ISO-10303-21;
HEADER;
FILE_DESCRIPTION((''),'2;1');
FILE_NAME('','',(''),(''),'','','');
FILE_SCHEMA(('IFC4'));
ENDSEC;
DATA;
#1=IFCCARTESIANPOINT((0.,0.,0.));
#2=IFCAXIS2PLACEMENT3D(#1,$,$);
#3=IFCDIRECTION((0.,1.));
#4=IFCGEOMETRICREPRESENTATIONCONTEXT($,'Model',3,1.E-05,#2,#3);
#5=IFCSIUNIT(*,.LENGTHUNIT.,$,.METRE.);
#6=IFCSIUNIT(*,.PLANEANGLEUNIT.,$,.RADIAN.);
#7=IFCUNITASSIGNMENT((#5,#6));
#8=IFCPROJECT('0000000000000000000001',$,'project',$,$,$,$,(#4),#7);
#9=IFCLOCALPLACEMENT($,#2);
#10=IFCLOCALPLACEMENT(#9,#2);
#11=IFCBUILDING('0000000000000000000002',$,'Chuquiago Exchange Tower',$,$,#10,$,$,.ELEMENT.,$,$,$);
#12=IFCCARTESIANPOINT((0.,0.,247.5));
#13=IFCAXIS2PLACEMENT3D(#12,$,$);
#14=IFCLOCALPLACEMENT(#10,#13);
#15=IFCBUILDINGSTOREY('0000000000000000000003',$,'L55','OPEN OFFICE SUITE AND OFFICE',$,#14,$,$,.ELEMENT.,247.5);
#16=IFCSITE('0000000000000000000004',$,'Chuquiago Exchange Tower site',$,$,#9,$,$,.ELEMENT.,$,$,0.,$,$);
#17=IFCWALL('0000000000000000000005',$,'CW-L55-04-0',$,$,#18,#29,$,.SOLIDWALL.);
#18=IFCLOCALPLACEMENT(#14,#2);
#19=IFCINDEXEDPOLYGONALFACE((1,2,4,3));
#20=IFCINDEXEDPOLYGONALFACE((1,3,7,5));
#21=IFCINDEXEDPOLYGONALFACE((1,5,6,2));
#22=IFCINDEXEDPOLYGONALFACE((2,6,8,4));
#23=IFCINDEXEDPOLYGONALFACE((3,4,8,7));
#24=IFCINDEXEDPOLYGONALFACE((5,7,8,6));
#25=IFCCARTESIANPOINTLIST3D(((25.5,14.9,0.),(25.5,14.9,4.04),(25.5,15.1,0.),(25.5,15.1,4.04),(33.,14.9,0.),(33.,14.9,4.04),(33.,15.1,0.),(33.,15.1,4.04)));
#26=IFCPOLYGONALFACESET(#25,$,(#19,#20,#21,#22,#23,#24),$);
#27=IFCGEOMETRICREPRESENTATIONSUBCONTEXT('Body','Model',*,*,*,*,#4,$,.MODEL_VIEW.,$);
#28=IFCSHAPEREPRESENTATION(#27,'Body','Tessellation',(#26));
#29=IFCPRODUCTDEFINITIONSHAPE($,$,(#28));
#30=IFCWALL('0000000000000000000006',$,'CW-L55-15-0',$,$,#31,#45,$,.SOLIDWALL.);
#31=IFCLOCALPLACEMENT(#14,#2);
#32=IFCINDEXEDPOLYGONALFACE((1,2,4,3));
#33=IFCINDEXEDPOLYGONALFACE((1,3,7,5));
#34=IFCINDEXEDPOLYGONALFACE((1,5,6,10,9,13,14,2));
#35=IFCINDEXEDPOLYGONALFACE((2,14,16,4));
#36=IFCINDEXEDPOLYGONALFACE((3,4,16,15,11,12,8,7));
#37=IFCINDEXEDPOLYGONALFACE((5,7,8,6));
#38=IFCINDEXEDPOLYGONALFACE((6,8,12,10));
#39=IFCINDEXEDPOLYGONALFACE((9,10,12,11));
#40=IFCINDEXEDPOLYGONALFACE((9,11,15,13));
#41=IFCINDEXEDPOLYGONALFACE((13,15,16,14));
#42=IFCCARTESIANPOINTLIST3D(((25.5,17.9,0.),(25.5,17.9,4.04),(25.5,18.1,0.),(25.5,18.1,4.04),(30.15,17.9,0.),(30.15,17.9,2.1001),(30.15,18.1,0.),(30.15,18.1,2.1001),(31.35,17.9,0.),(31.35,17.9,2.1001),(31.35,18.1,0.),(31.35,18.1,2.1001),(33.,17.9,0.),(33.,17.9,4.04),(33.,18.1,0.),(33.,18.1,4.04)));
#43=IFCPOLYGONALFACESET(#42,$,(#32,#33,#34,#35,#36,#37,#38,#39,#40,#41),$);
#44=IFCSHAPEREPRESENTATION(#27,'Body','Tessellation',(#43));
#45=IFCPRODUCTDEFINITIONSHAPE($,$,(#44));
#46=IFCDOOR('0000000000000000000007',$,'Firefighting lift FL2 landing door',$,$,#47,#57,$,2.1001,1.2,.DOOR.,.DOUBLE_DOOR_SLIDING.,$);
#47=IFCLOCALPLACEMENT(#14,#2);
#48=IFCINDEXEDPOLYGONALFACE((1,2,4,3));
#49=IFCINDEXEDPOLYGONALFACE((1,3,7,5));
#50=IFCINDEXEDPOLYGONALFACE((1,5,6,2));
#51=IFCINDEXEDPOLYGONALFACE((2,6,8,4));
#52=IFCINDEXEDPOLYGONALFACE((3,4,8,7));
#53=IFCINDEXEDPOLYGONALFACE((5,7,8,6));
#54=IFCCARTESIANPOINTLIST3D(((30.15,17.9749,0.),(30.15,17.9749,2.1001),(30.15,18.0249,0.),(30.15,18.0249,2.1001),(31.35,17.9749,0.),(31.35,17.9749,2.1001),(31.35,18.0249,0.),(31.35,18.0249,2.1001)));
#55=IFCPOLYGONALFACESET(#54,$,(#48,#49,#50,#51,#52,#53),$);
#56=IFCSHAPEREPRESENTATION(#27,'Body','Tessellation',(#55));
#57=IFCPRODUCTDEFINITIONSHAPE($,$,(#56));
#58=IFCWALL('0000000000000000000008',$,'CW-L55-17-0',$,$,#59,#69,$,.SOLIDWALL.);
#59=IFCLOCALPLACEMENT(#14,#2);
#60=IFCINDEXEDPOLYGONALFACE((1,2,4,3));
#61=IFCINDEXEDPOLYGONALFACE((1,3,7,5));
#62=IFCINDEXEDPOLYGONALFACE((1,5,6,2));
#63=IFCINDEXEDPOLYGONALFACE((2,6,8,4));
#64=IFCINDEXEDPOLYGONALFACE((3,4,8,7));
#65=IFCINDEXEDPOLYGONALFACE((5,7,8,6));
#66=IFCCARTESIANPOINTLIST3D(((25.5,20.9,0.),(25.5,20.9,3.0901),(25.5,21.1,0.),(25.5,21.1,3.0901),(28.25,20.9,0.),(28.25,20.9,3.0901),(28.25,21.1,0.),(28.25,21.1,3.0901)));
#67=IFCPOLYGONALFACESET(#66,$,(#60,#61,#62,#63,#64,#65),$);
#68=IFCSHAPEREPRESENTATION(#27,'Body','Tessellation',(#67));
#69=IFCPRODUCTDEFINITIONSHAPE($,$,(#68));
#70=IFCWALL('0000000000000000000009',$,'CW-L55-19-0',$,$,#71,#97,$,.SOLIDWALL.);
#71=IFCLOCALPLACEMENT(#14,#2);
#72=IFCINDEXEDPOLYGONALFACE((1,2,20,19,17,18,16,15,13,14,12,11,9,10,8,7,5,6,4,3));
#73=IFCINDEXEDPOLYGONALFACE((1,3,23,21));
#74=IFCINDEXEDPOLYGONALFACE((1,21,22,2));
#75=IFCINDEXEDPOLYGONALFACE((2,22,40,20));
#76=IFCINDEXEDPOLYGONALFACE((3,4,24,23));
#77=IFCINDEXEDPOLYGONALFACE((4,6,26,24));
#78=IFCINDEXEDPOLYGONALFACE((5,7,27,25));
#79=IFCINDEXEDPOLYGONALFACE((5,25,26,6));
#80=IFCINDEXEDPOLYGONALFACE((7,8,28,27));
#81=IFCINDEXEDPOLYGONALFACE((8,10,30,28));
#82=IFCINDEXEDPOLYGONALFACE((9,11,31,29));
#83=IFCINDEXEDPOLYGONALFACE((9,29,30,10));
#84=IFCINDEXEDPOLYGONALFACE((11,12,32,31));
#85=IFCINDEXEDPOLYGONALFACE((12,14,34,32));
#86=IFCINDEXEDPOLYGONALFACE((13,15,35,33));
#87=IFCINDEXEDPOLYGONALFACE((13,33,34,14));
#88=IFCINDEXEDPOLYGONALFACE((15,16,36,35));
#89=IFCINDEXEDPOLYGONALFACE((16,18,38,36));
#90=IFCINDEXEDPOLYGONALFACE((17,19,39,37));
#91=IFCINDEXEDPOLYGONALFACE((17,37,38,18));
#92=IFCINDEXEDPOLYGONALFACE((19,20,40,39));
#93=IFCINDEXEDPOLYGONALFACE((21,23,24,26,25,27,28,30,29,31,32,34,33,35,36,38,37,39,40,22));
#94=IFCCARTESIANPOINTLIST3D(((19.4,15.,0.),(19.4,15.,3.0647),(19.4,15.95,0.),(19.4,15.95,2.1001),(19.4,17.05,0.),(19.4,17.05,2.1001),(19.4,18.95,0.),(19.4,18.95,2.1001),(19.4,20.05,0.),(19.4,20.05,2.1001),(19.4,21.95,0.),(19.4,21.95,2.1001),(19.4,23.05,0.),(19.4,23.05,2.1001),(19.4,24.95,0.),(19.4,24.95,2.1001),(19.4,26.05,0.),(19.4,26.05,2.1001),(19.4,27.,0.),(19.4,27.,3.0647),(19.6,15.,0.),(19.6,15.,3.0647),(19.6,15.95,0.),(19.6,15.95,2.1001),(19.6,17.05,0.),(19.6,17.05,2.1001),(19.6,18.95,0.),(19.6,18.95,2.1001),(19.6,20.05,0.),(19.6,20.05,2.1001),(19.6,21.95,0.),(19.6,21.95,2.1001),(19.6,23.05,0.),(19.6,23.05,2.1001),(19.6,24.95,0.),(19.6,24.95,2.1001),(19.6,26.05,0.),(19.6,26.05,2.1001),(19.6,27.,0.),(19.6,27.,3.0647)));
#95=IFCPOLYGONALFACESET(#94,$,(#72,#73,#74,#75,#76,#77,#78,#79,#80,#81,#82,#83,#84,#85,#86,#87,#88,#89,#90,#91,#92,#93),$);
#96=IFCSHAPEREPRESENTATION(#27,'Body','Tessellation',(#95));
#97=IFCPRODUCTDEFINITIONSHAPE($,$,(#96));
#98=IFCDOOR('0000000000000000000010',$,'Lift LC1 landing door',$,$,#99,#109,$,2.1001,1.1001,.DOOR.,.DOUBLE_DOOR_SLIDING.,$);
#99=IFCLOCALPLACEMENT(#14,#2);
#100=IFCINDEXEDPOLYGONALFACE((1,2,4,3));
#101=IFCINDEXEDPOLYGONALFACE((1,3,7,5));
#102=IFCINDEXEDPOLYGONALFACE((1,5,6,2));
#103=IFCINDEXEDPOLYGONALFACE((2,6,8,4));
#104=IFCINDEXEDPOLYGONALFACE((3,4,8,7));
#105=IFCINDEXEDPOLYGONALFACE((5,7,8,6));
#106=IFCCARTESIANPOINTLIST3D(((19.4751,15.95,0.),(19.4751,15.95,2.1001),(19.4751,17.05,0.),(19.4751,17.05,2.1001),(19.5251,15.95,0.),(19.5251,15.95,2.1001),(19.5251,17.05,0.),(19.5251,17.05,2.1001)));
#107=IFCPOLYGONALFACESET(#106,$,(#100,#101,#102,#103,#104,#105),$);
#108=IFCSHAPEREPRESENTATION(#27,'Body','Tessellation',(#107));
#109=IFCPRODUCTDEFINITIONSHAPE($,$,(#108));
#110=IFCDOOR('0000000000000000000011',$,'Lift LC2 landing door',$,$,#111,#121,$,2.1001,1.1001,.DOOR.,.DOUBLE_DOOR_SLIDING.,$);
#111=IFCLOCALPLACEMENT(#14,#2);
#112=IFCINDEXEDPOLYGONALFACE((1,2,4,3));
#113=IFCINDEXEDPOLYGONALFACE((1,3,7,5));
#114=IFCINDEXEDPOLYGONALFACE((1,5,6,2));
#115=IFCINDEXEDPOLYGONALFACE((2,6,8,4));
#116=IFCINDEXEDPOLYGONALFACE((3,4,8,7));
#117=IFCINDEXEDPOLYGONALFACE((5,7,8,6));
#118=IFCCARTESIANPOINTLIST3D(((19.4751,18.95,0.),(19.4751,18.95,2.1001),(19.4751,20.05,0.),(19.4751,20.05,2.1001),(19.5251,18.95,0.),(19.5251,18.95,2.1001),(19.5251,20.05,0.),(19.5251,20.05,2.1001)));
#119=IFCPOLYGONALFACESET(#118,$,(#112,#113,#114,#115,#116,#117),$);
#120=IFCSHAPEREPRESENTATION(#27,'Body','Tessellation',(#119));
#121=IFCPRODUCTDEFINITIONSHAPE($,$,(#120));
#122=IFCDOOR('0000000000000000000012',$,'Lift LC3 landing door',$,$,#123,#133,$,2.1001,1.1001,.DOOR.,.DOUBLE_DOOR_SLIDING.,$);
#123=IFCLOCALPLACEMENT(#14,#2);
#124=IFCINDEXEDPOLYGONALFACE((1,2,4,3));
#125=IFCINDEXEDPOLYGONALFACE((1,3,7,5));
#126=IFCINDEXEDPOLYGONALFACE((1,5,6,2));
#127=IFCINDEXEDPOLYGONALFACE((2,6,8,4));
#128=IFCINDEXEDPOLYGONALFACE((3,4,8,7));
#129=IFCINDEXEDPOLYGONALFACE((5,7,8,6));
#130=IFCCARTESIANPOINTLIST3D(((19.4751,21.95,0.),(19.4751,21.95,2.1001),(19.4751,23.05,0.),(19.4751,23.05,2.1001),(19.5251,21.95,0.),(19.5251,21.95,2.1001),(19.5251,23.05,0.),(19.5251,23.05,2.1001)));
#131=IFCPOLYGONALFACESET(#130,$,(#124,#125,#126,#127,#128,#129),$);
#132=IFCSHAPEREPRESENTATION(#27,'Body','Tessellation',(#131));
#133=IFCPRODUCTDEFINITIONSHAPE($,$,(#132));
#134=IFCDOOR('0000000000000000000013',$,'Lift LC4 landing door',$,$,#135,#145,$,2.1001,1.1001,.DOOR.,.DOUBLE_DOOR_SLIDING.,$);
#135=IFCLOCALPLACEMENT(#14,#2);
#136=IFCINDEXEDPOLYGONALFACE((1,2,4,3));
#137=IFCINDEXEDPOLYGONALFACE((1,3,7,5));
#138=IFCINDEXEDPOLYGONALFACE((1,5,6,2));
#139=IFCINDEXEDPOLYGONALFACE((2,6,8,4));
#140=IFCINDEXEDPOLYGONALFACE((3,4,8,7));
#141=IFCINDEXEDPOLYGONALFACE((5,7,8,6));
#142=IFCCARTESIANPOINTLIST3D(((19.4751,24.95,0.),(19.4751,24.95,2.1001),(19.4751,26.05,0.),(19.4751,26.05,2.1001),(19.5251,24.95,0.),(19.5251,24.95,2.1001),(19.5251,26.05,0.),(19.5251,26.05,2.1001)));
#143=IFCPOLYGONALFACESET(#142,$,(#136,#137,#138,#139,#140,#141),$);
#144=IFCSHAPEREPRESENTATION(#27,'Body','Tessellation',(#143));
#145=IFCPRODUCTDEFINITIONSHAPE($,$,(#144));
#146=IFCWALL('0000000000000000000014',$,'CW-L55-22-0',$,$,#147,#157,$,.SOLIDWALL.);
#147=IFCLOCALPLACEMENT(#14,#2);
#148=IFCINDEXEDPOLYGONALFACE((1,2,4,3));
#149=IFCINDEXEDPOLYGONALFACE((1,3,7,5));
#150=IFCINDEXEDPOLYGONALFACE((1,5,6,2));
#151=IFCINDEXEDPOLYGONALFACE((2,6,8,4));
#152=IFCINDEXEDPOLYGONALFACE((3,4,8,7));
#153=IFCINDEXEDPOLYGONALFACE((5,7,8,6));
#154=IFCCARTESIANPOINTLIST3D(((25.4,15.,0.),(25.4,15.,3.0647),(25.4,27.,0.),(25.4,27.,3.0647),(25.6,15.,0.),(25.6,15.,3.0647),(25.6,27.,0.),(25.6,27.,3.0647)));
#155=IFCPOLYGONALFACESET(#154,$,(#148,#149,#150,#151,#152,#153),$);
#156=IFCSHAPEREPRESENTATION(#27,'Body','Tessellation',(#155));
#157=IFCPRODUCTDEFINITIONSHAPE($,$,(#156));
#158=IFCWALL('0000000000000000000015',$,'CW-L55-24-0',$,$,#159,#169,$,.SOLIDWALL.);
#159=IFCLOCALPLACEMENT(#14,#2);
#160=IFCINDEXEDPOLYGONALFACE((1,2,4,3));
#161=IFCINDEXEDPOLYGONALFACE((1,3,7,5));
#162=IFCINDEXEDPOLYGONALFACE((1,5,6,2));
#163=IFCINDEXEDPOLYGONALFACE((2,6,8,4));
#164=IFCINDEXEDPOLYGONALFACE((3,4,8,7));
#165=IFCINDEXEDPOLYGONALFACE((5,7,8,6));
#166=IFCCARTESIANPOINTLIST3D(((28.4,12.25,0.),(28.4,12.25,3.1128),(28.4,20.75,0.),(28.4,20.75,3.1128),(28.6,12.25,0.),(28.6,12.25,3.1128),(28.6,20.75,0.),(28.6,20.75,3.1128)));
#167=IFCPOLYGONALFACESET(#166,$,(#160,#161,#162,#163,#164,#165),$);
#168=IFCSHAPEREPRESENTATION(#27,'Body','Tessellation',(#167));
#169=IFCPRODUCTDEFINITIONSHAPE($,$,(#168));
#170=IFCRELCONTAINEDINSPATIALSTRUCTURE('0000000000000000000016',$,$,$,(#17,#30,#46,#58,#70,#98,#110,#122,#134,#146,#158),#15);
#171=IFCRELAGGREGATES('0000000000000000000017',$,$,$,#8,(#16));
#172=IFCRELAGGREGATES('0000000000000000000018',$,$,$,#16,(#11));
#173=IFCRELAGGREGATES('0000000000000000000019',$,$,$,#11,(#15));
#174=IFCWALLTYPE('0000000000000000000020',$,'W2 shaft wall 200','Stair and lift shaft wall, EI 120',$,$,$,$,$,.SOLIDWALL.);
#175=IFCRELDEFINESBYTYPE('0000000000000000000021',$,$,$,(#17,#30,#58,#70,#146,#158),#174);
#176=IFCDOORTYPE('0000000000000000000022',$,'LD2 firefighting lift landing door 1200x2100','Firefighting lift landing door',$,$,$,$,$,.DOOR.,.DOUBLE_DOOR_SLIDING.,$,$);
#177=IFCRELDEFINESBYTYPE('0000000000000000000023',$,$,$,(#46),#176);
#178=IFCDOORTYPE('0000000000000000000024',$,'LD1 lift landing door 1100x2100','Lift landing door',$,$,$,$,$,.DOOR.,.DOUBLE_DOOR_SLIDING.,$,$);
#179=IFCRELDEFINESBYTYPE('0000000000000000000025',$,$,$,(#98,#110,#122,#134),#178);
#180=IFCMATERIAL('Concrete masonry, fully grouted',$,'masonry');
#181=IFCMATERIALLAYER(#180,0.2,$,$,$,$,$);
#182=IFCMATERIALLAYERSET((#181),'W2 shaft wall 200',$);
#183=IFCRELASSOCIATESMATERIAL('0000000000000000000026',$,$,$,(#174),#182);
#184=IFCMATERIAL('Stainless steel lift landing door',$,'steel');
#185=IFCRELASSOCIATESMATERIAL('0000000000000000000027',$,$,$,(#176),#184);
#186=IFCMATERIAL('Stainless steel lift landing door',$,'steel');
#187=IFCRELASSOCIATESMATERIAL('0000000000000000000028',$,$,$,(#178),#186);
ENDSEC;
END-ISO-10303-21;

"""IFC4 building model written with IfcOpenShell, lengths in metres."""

from ifc_helpers import new_model, si_unit, direction, frame, frame_2d, origin, place, context, subcontext, project, spatial, rectangle, extrude, material, layer, layer_set, type_object, element, fill, save


model = new_model("IFC4")

# Units and contexts
model_context = context("Model", 3, precision=1e-05, world=origin(), true_north=direction((0.0, 1.0)))
body_context = subcontext(model_context, "Body", "Model", "MODEL_VIEW")
ifc_project = project(units=[si_unit("LENGTHUNIT", "METRE"), si_unit("PLANEANGLEUNIT", "RADIAN")], contexts=[model_context])

# Site, building, storey
site_placement = place(None, origin())
site = spatial("IfcSite", under=ifc_project, at=site_placement, Name="Chuquiago Exchange Tower site", CompositionType="ELEMENT", RefElevation=0.0)
building_placement = place(site_placement, origin())
building = spatial("IfcBuilding", under=site, at=building_placement, Name="Chuquiago Exchange Tower", CompositionType="ELEMENT")
storey_placement = place(building_placement, frame((0.0, 0.0, 247.5)))
storey = spatial("IfcBuildingStorey", under=building, at=storey_placement, Name="L55", Description="OPEN OFFICE SUITE AND OFFICE", CompositionType="ELEMENT", Elevation=247.5)

# Wall
ifc_material_1 = material(Name="Concrete masonry, fully grouted", Category="masonry")
ifc_layer_1 = layer(ifc_material_1, 0.2)
ifc_layer_set_1 = layer_set([ifc_layer_1], Name="W2 shaft wall 200")
wall_type_1 = type_object("IfcWallType", Name="W2 shaft wall 200", Description="Stair and lift shaft wall, EI 120", PredefinedType="SOLIDWALL", material=ifc_layer_set_1)
wall_1_placement = place(storey_placement, frame((25.5, 15.0, 0.0), z_axis=(0.0, 0.0, 1.0), x_axis=(1.0, 0.0, 0.0)))
element("IfcWall", 1, at=wall_1_placement, inside=storey, type_object=wall_type_1, Name="CW-L55-04-0", PredefinedType="SOLIDWALL", context=body_context, shape_type="SweptSolid", body=[
    extrude(rectangle(XDim=7.5, YDim=0.2, at=frame_2d((3.75, 0.0))), origin(), (0.0, 0.0, 1.0), 4.04),
])

# Wall, opening, door
wall_2_placement = place(storey_placement, frame((25.5, 18.0, 0.0), z_axis=(0.0, 0.0, 1.0), x_axis=(1.0, 0.0, 0.0)))
wall_2 = element("IfcWall", 2, at=wall_2_placement, inside=storey, type_object=wall_type_1, Name="CW-L55-15-0", PredefinedType="SOLIDWALL", context=body_context, shape_type="SweptSolid", body=[
    extrude(rectangle(XDim=7.5, YDim=0.2, at=frame_2d((3.75, 0.0))), origin(), (0.0, 0.0, 1.0), 4.04),
])
opening_1_placement = place(wall_2_placement, frame((4.6499, 0.0, 0.0)))
opening_1 = element("IfcOpeningElement", 3, at=opening_1_placement, cuts=wall_2, PredefinedType="OPENING", context=body_context, shape_type="SweptSolid", body=[
    extrude(rectangle(XDim=1.2, YDim=2.1001, at=frame_2d((0.6001, 1.05))), frame((0.0, 0.1099, 0.0), z_axis=(0.0, -1.0, 0.0), x_axis=(1.0, 0.0, 0.0)), (0.0, 0.0, 1.0), 0.22),
])
ifc_material_2 = material(Name="Stainless steel lift landing door", Category="steel")
door_type_1 = type_object("IfcDoorType", Name="LD2 firefighting lift landing door 1200x2100", Description="Firefighting lift landing door", OperationType="DOUBLE_DOOR_SLIDING", PredefinedType="DOOR", material=ifc_material_2)
door_1_placement = place(opening_1_placement, origin())
door_1 = element("IfcDoor", 4, at=door_1_placement, inside=storey, type_object=door_type_1, Name="Firefighting lift FL2 landing door", OperationType="DOUBLE_DOOR_SLIDING", OverallHeight=2.1001, OverallWidth=1.2, PredefinedType="DOOR", context=body_context, shape_type="SweptSolid", body=[
    extrude(rectangle(XDim=1.2, YDim=2.1001, at=frame_2d((0.6001, 1.05))), frame((0.0, 0.0249, 0.0), z_axis=(0.0, -1.0, 0.0), x_axis=(1.0, 0.0, 0.0)), (0.0, 0.0, 1.0), 0.05),
])
fill(opening_1, door_1)

# Wall
wall_3_placement = place(storey_placement, frame((25.5, 21.0, 0.0), z_axis=(0.0, 0.0, 1.0), x_axis=(1.0, 0.0, 0.0)))
element("IfcWall", 5, at=wall_3_placement, inside=storey, type_object=wall_type_1, Name="CW-L55-17-0", PredefinedType="SOLIDWALL", context=body_context, shape_type="SweptSolid", body=[
    extrude(rectangle(XDim=2.75, YDim=0.2, at=frame_2d((1.375, 0.0))), origin(), (0.0, 0.0, 1.0), 3.0901),
])

# Wall, openings, doors
wall_4_placement = place(storey_placement, frame((19.5, 15.0, 0.0), z_axis=(0.0, 0.0, 1.0), x_axis=(0.0, 1.0, 0.0)))
wall_4 = element("IfcWall", 6, at=wall_4_placement, inside=storey, type_object=wall_type_1, Name="CW-L55-19-0", PredefinedType="SOLIDWALL", context=body_context, shape_type="SweptSolid", body=[
    extrude(rectangle(XDim=12.0, YDim=0.2, at=frame_2d((6.0, 0.0))), origin(), (0.0, 0.0, 1.0), 3.0647),
])
opening_2_placement = place(wall_4_placement, frame((0.95, 0.0, 0.0)))
opening_2 = element("IfcOpeningElement", 7, at=opening_2_placement, cuts=wall_4, PredefinedType="OPENING", context=body_context, shape_type="SweptSolid", body=[
    extrude(rectangle(XDim=1.1001, YDim=2.1001, at=frame_2d((0.55, 1.05))), frame((0.0, 0.1099, 0.0), z_axis=(0.0, -1.0, 0.0), x_axis=(1.0, 0.0, 0.0)), (0.0, 0.0, 1.0), 0.22),
])
opening_3_placement = place(wall_4_placement, frame((3.95, 0.0, 0.0)))
opening_3 = element("IfcOpeningElement", 8, at=opening_3_placement, cuts=wall_4, PredefinedType="OPENING", context=body_context, shape_type="SweptSolid", body=[
    extrude(rectangle(XDim=1.1001, YDim=2.1001, at=frame_2d((0.55, 1.05))), frame((0.0, 0.1099, 0.0), z_axis=(0.0, -1.0, 0.0), x_axis=(1.0, 0.0, 0.0)), (0.0, 0.0, 1.0), 0.22),
])
opening_4_placement = place(wall_4_placement, frame((6.95, 0.0, 0.0)))
opening_4 = element("IfcOpeningElement", 9, at=opening_4_placement, cuts=wall_4, PredefinedType="OPENING", context=body_context, shape_type="SweptSolid", body=[
    extrude(rectangle(XDim=1.1001, YDim=2.1001, at=frame_2d((0.55, 1.05))), frame((0.0, 0.1099, 0.0), z_axis=(0.0, -1.0, 0.0), x_axis=(1.0, 0.0, 0.0)), (0.0, 0.0, 1.0), 0.22),
])
opening_5_placement = place(wall_4_placement, frame((9.95, 0.0, 0.0)))
opening_5 = element("IfcOpeningElement", 10, at=opening_5_placement, cuts=wall_4, PredefinedType="OPENING", context=body_context, shape_type="SweptSolid", body=[
    extrude(rectangle(XDim=1.1001, YDim=2.1001, at=frame_2d((0.55, 1.05))), frame((0.0, 0.1099, 0.0), z_axis=(0.0, -1.0, 0.0), x_axis=(1.0, 0.0, 0.0)), (0.0, 0.0, 1.0), 0.22),
])
ifc_material_3 = material(Name="Stainless steel lift landing door", Category="steel")
door_type_2 = type_object("IfcDoorType", Name="LD1 lift landing door 1100x2100", Description="Lift landing door", OperationType="DOUBLE_DOOR_SLIDING", PredefinedType="DOOR", material=ifc_material_3)
door_2_placement = place(opening_2_placement, origin())
door_2 = element("IfcDoor", 11, at=door_2_placement, inside=storey, type_object=door_type_2, Name="Lift LC1 landing door", OperationType="DOUBLE_DOOR_SLIDING", OverallHeight=2.1001, OverallWidth=1.1001, PredefinedType="DOOR", context=body_context, shape_type="SweptSolid", body=[
    extrude(rectangle(XDim=1.1001, YDim=2.1001, at=frame_2d((0.55, 1.05))), frame((0.0, 0.0249, 0.0), z_axis=(0.0, -1.0, 0.0), x_axis=(1.0, 0.0, 0.0)), (0.0, 0.0, 1.0), 0.05),
])
fill(opening_2, door_2)
door_3_placement = place(opening_3_placement, origin())
door_3 = element("IfcDoor", 12, at=door_3_placement, inside=storey, type_object=door_type_2, Name="Lift LC2 landing door", OperationType="DOUBLE_DOOR_SLIDING", OverallHeight=2.1001, OverallWidth=1.1001, PredefinedType="DOOR", context=body_context, shape_type="SweptSolid", body=[
    extrude(rectangle(XDim=1.1001, YDim=2.1001, at=frame_2d((0.55, 1.05))), frame((0.0, 0.0249, 0.0), z_axis=(0.0, -1.0, 0.0), x_axis=(1.0, 0.0, 0.0)), (0.0, 0.0, 1.0), 0.05),
])
fill(opening_3, door_3)
door_4_placement = place(opening_4_placement, origin())
door_4 = element("IfcDoor", 13, at=door_4_placement, inside=storey, type_object=door_type_2, Name="Lift LC3 landing door", OperationType="DOUBLE_DOOR_SLIDING", OverallHeight=2.1001, OverallWidth=1.1001, PredefinedType="DOOR", context=body_context, shape_type="SweptSolid", body=[
    extrude(rectangle(XDim=1.1001, YDim=2.1001, at=frame_2d((0.55, 1.05))), frame((0.0, 0.0249, 0.0), z_axis=(0.0, -1.0, 0.0), x_axis=(1.0, 0.0, 0.0)), (0.0, 0.0, 1.0), 0.05),
])
fill(opening_4, door_4)
door_5_placement = place(opening_5_placement, origin())
door_5 = element("IfcDoor", 14, at=door_5_placement, inside=storey, type_object=door_type_2, Name="Lift LC4 landing door", OperationType="DOUBLE_DOOR_SLIDING", OverallHeight=2.1001, OverallWidth=1.1001, PredefinedType="DOOR", context=body_context, shape_type="SweptSolid", body=[
    extrude(rectangle(XDim=1.1001, YDim=2.1001, at=frame_2d((0.55, 1.05))), frame((0.0, 0.0249, 0.0), z_axis=(0.0, -1.0, 0.0), x_axis=(1.0, 0.0, 0.0)), (0.0, 0.0, 1.0), 0.05),
])
fill(opening_5, door_5)

# Walls
wall_5_placement = place(storey_placement, frame((25.5, 15.0, 0.0), z_axis=(0.0, 0.0, 1.0), x_axis=(0.0, 1.0, 0.0)))
element("IfcWall", 15, at=wall_5_placement, inside=storey, type_object=wall_type_1, Name="CW-L55-22-0", PredefinedType="SOLIDWALL", context=body_context, shape_type="SweptSolid", body=[
    extrude(rectangle(XDim=12.0, YDim=0.2, at=frame_2d((6.0, 0.0))), origin(), (0.0, 0.0, 1.0), 3.0647),
])
wall_6_placement = place(storey_placement, frame((28.5, 12.25, 0.0), z_axis=(0.0, 0.0, 1.0), x_axis=(0.0, 1.0, 0.0)))
element("IfcWall", 16, at=wall_6_placement, inside=storey, type_object=wall_type_1, Name="CW-L55-24-0", PredefinedType="SOLIDWALL", context=body_context, shape_type="SweptSolid", body=[
    extrude(rectangle(XDim=8.5, YDim=0.2, at=frame_2d((4.25, 0.0))), origin(), (0.0, 0.0, 1.0), 3.1128),
])

save(model, "model.ifc")
